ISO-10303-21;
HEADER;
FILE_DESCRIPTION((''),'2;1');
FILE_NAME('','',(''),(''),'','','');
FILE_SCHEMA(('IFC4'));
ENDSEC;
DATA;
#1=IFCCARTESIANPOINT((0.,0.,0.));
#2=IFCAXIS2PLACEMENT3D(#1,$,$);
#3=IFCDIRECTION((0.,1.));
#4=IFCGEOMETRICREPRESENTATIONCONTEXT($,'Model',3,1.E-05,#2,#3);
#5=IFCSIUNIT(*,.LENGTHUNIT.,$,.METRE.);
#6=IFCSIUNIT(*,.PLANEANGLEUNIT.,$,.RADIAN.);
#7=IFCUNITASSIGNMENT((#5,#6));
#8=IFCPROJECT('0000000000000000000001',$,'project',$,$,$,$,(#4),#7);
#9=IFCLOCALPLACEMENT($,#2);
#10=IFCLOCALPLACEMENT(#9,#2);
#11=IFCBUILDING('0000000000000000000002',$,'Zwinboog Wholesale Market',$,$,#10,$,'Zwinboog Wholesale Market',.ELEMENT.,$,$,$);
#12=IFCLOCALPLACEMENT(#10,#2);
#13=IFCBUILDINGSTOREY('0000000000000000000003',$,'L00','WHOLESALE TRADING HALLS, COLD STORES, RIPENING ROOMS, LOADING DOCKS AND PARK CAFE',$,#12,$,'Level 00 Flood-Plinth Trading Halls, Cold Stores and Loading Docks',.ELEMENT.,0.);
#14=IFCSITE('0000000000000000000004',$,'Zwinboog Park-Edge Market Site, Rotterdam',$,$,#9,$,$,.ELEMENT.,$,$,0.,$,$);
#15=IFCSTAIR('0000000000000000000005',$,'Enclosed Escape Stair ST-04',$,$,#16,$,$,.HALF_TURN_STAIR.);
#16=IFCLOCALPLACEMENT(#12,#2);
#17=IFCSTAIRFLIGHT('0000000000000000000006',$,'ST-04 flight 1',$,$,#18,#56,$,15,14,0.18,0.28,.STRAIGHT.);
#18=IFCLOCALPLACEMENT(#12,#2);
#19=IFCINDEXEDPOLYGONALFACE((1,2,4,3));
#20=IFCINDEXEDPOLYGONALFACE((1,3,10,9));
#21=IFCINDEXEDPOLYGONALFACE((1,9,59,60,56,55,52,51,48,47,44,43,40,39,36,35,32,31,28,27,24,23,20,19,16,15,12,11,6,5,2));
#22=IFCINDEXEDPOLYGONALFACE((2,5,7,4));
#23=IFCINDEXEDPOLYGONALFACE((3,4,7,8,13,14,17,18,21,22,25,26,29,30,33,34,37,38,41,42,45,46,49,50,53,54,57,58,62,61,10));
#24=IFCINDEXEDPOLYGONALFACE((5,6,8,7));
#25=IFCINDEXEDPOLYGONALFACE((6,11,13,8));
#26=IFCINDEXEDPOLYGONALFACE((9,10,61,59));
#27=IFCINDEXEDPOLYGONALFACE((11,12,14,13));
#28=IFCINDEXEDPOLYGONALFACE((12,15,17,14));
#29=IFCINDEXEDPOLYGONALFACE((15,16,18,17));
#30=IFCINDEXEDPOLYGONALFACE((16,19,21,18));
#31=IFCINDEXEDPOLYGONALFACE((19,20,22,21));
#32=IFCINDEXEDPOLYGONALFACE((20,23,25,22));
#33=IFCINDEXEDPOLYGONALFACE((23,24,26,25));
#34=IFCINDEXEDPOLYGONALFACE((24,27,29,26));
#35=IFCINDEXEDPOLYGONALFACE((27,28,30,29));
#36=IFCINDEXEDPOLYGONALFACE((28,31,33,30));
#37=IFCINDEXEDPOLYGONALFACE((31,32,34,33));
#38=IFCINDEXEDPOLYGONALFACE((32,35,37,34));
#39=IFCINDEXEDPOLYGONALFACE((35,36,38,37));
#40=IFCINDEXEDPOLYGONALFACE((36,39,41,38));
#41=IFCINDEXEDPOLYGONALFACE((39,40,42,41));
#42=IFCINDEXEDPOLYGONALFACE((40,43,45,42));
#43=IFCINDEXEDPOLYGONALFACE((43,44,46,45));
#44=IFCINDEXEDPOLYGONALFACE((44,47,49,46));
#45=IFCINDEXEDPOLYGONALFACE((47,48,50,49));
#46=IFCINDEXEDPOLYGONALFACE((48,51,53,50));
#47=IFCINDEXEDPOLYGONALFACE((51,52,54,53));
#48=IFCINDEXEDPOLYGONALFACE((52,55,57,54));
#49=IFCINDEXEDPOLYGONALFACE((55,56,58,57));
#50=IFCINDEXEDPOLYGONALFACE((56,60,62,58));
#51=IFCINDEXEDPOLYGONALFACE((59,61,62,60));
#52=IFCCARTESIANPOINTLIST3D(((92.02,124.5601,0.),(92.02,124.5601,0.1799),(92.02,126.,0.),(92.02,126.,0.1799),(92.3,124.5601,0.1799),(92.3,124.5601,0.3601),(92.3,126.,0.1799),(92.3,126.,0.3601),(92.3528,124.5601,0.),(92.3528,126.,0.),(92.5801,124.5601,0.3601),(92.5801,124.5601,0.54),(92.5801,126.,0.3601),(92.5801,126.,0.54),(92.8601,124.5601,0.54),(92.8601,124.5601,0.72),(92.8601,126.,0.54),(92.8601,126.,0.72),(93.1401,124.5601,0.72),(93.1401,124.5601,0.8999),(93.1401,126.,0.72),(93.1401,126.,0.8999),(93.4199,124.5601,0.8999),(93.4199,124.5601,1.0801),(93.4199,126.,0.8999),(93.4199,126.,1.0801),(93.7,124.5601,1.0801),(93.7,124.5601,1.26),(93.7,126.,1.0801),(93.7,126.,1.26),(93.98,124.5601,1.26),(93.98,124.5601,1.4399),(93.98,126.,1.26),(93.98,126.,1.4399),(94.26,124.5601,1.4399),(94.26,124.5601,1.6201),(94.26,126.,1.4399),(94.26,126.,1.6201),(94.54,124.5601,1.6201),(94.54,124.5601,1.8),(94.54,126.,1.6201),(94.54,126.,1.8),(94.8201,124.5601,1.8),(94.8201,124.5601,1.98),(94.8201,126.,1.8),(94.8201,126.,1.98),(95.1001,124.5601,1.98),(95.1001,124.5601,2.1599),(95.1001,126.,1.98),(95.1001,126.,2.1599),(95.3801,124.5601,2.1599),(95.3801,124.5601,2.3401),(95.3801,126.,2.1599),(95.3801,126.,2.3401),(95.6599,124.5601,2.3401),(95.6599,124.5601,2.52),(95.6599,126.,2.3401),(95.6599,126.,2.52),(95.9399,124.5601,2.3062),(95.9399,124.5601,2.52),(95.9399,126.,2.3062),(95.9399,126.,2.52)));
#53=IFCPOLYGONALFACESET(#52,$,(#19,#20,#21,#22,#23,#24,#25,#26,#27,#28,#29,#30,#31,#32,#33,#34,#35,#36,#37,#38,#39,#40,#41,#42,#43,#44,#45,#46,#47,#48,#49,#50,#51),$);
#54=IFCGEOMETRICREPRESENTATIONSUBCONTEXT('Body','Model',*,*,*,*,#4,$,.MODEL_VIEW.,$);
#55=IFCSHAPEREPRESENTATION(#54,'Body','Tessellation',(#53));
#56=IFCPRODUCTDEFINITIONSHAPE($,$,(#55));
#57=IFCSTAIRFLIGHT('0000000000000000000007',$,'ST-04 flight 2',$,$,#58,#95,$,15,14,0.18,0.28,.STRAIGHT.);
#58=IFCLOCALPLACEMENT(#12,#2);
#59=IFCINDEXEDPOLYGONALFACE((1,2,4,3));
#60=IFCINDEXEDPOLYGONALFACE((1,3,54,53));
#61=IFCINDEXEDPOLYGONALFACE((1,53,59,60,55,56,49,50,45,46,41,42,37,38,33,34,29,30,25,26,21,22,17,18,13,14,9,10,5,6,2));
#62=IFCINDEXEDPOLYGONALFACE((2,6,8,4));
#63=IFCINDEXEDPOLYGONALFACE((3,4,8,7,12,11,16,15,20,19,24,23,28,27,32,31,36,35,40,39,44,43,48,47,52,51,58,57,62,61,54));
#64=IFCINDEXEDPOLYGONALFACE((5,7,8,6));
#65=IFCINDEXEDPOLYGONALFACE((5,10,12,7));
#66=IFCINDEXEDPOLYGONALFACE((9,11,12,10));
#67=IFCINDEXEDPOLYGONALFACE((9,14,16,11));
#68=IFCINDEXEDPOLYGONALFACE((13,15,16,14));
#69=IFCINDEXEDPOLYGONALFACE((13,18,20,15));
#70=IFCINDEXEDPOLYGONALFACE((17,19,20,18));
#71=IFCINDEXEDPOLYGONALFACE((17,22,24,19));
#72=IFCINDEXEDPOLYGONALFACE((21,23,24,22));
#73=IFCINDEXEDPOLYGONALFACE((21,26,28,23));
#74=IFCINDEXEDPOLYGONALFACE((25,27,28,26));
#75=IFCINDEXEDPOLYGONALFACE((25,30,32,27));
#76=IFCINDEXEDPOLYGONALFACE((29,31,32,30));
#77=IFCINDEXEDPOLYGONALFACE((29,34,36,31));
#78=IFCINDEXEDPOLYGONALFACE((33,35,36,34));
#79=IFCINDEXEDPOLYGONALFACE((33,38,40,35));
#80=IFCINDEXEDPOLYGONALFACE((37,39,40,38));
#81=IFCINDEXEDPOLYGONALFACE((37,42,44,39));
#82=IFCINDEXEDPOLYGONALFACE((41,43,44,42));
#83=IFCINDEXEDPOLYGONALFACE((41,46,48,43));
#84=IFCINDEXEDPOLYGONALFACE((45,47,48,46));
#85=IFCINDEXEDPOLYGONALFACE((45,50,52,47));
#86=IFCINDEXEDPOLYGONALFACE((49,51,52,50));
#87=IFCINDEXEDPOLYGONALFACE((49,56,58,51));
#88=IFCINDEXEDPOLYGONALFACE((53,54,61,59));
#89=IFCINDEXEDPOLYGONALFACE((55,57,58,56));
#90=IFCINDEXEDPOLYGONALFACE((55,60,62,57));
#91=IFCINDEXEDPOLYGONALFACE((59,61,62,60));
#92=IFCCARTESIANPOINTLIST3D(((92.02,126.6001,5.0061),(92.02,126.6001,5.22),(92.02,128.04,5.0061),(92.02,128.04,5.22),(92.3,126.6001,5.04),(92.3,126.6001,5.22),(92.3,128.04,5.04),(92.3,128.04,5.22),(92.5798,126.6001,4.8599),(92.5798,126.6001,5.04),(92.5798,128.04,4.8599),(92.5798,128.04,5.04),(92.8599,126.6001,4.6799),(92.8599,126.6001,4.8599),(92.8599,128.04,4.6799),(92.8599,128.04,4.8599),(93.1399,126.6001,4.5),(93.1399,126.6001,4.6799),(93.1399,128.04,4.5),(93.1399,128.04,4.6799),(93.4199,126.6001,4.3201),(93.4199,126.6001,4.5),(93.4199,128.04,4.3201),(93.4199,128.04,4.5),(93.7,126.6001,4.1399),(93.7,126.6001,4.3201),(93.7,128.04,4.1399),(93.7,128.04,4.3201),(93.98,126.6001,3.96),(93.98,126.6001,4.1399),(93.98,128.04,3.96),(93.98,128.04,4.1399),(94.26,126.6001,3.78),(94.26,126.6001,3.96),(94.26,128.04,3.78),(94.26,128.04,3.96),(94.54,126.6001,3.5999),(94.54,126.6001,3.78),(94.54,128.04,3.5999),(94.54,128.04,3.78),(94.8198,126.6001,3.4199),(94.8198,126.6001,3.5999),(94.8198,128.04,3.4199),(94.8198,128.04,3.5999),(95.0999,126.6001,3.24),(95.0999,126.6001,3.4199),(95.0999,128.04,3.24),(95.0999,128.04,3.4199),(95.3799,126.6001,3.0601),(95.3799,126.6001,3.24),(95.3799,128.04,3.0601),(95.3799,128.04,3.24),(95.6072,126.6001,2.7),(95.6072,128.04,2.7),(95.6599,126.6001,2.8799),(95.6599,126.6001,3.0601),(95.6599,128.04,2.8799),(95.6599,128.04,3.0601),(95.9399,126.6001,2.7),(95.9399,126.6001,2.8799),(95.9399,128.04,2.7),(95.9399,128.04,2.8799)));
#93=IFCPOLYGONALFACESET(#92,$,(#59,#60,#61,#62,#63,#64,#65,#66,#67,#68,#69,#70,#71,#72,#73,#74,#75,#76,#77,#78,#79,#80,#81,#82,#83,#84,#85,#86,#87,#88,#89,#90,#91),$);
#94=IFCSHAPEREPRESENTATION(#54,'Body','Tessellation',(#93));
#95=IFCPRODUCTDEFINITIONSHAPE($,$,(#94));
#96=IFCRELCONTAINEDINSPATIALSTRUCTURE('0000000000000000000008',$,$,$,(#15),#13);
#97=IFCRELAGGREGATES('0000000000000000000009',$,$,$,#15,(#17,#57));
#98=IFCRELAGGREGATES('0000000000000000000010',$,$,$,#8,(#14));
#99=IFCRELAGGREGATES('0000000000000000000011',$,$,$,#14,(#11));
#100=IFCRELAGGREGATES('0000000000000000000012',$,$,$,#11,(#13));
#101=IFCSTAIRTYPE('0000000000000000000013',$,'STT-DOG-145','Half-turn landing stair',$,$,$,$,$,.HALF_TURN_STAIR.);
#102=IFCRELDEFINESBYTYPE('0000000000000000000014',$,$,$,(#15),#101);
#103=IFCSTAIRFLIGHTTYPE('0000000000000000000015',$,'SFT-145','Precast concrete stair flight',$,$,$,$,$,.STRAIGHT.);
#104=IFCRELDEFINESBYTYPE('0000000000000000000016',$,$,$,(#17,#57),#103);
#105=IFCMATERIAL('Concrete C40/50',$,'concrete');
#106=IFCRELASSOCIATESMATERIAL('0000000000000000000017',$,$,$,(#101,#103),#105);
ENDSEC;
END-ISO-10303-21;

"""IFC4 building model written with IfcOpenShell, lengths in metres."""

from ifc_helpers import new_model, si_unit, direction, frame, origin, place, context, subcontext, project, spatial, polyline, outline, extrude, material, type_object, element, aggregate, save


model = new_model("IFC4")

# Units and contexts
model_context = context("Model", 3, precision=1e-05, world=origin(), true_north=direction((0.0, 1.0)))
body_context = subcontext(model_context, "Body", "Model", "MODEL_VIEW")
ifc_project = project(units=[si_unit("LENGTHUNIT", "METRE"), si_unit("PLANEANGLEUNIT", "RADIAN")], contexts=[model_context])

# Site, building, storey
site_placement = place(None, origin())
site = spatial("IfcSite", under=ifc_project, at=site_placement, Name="Zwinboog Park-Edge Market Site, Rotterdam", CompositionType="ELEMENT", RefElevation=0.0)
building_placement = place(site_placement, origin())
building = spatial("IfcBuilding", under=site, at=building_placement, Name="Zwinboog Wholesale Market", LongName="Zwinboog Wholesale Market", CompositionType="ELEMENT")
storey_placement = place(building_placement, origin())
storey = spatial("IfcBuildingStorey", under=building, at=storey_placement, Name="L00", Description="WHOLESALE TRADING HALLS, COLD STORES, RIPENING ROOMS, LOADING DOCKS AND PARK CAFE", LongName="Level 00 Flood-Plinth Trading Halls, Cold Stores and Loading Docks", CompositionType="ELEMENT", Elevation=0.0)

# Shared definitions
ifc_material_1 = material(Name="Concrete C40/50", Category="concrete")

# Stair, stair flights
stair_type = type_object("IfcStairType", Name="STT-DOG-145", Description="Half-turn landing stair", PredefinedType="HALF_TURN_STAIR", material=ifc_material_1)
stair_placement = place(storey_placement, origin())
stair = element("IfcStair", 1, at=stair_placement, inside=storey, type_object=stair_type, Name="Enclosed Escape Stair ST-04", PredefinedType="HALF_TURN_STAIR")
stair_flight_type = type_object("IfcStairFlightType", Name="SFT-145", Description="Precast concrete stair flight", PredefinedType="STRAIGHT", material=ifc_material_1)
stair_flight_1_placement = place(storey_placement, frame((92.02, 125.28, 0.0), z_axis=(0.0, 0.0, 1.0), x_axis=(1.0, 0.0, 0.0)))
stair_flight_1 = element("IfcStairFlight", 2, at=stair_flight_1_placement, type_object=stair_flight_type, Name="ST-04 flight 1", NumberOfRisers=15, NumberOfTreads=14, PredefinedType="STRAIGHT", RiserHeight=0.18, TreadLength=0.28, context=body_context, shape_type="SweptSolid", body=[
    extrude(outline(polyline([(0.0, 0.0), (0.0, 0.1799), (0.28, 0.1799), (0.28, 0.3601), (0.5601, 0.3601), (0.5601, 0.54), (0.8401, 0.54), (0.8401, 0.72), (1.1201, 0.72), (1.1201, 0.8999), (1.3999, 0.8999), (1.3999, 1.0801), (1.6799, 1.0801), (1.6799, 1.26), (1.96, 1.26), (1.96, 1.4399), (2.24, 1.4399), (2.24, 1.6201), (2.52, 1.6201), (2.52, 1.8), (2.8, 1.8), (2.8, 1.98), (3.0801, 1.98), (3.0801, 2.1599), (3.3601, 2.1599), (3.3601, 2.3401), (3.6399, 2.3401), (3.6399, 2.52), (3.9199, 2.52), (3.9199, 2.7), (3.9199, 2.3062), (0.3328, 0.0), (0.0, 0.0)])), frame((0.0, 0.72, 0.0), z_axis=(0.0, -1.0, 0.0), x_axis=(1.0, 0.0, 0.0)), (0.0, 0.0, 1.0), 1.4399),
])
stair_flight_2_placement = place(storey_placement, frame((95.9399, 127.3201, 2.7), z_axis=(0.0, 0.0, 1.0), x_axis=(-1.0, 0.0, 0.0)))
stair_flight_2 = element("IfcStairFlight", 3, at=stair_flight_2_placement, type_object=stair_flight_type, Name="ST-04 flight 2", NumberOfRisers=15, NumberOfTreads=14, PredefinedType="STRAIGHT", RiserHeight=0.18, TreadLength=0.28, context=body_context, shape_type="SweptSolid", body=[
    extrude(outline(polyline([(0.0, 0.0), (0.0, 0.1799), (0.28, 0.1799), (0.28, 0.3601), (0.5601, 0.3601), (0.5601, 0.54), (0.8401, 0.54), (0.8401, 0.72), (1.1201, 0.72), (1.1201, 0.8999), (1.3999, 0.8999), (1.3999, 1.0801), (1.6799, 1.0801), (1.6799, 1.26), (1.96, 1.26), (1.96, 1.4399), (2.24, 1.4399), (2.24, 1.6201), (2.52, 1.6201), (2.52, 1.8), (2.8, 1.8), (2.8, 1.98), (3.0801, 1.98), (3.0801, 2.1599), (3.3601, 2.1599), (3.3601, 2.3401), (3.6399, 2.3401), (3.6399, 2.52), (3.9199, 2.52), (3.9199, 2.7), (3.9199, 2.3062), (0.3328, 0.0), (0.0, 0.0)])), frame((0.0, 0.72, 0.0), z_axis=(0.0, -1.0, 0.0), x_axis=(1.0, 0.0, 0.0)), (0.0, 0.0, 1.0), 1.4399),
])
aggregate(stair, [stair_flight_1, stair_flight_2])

save(model, "model.ifc")
